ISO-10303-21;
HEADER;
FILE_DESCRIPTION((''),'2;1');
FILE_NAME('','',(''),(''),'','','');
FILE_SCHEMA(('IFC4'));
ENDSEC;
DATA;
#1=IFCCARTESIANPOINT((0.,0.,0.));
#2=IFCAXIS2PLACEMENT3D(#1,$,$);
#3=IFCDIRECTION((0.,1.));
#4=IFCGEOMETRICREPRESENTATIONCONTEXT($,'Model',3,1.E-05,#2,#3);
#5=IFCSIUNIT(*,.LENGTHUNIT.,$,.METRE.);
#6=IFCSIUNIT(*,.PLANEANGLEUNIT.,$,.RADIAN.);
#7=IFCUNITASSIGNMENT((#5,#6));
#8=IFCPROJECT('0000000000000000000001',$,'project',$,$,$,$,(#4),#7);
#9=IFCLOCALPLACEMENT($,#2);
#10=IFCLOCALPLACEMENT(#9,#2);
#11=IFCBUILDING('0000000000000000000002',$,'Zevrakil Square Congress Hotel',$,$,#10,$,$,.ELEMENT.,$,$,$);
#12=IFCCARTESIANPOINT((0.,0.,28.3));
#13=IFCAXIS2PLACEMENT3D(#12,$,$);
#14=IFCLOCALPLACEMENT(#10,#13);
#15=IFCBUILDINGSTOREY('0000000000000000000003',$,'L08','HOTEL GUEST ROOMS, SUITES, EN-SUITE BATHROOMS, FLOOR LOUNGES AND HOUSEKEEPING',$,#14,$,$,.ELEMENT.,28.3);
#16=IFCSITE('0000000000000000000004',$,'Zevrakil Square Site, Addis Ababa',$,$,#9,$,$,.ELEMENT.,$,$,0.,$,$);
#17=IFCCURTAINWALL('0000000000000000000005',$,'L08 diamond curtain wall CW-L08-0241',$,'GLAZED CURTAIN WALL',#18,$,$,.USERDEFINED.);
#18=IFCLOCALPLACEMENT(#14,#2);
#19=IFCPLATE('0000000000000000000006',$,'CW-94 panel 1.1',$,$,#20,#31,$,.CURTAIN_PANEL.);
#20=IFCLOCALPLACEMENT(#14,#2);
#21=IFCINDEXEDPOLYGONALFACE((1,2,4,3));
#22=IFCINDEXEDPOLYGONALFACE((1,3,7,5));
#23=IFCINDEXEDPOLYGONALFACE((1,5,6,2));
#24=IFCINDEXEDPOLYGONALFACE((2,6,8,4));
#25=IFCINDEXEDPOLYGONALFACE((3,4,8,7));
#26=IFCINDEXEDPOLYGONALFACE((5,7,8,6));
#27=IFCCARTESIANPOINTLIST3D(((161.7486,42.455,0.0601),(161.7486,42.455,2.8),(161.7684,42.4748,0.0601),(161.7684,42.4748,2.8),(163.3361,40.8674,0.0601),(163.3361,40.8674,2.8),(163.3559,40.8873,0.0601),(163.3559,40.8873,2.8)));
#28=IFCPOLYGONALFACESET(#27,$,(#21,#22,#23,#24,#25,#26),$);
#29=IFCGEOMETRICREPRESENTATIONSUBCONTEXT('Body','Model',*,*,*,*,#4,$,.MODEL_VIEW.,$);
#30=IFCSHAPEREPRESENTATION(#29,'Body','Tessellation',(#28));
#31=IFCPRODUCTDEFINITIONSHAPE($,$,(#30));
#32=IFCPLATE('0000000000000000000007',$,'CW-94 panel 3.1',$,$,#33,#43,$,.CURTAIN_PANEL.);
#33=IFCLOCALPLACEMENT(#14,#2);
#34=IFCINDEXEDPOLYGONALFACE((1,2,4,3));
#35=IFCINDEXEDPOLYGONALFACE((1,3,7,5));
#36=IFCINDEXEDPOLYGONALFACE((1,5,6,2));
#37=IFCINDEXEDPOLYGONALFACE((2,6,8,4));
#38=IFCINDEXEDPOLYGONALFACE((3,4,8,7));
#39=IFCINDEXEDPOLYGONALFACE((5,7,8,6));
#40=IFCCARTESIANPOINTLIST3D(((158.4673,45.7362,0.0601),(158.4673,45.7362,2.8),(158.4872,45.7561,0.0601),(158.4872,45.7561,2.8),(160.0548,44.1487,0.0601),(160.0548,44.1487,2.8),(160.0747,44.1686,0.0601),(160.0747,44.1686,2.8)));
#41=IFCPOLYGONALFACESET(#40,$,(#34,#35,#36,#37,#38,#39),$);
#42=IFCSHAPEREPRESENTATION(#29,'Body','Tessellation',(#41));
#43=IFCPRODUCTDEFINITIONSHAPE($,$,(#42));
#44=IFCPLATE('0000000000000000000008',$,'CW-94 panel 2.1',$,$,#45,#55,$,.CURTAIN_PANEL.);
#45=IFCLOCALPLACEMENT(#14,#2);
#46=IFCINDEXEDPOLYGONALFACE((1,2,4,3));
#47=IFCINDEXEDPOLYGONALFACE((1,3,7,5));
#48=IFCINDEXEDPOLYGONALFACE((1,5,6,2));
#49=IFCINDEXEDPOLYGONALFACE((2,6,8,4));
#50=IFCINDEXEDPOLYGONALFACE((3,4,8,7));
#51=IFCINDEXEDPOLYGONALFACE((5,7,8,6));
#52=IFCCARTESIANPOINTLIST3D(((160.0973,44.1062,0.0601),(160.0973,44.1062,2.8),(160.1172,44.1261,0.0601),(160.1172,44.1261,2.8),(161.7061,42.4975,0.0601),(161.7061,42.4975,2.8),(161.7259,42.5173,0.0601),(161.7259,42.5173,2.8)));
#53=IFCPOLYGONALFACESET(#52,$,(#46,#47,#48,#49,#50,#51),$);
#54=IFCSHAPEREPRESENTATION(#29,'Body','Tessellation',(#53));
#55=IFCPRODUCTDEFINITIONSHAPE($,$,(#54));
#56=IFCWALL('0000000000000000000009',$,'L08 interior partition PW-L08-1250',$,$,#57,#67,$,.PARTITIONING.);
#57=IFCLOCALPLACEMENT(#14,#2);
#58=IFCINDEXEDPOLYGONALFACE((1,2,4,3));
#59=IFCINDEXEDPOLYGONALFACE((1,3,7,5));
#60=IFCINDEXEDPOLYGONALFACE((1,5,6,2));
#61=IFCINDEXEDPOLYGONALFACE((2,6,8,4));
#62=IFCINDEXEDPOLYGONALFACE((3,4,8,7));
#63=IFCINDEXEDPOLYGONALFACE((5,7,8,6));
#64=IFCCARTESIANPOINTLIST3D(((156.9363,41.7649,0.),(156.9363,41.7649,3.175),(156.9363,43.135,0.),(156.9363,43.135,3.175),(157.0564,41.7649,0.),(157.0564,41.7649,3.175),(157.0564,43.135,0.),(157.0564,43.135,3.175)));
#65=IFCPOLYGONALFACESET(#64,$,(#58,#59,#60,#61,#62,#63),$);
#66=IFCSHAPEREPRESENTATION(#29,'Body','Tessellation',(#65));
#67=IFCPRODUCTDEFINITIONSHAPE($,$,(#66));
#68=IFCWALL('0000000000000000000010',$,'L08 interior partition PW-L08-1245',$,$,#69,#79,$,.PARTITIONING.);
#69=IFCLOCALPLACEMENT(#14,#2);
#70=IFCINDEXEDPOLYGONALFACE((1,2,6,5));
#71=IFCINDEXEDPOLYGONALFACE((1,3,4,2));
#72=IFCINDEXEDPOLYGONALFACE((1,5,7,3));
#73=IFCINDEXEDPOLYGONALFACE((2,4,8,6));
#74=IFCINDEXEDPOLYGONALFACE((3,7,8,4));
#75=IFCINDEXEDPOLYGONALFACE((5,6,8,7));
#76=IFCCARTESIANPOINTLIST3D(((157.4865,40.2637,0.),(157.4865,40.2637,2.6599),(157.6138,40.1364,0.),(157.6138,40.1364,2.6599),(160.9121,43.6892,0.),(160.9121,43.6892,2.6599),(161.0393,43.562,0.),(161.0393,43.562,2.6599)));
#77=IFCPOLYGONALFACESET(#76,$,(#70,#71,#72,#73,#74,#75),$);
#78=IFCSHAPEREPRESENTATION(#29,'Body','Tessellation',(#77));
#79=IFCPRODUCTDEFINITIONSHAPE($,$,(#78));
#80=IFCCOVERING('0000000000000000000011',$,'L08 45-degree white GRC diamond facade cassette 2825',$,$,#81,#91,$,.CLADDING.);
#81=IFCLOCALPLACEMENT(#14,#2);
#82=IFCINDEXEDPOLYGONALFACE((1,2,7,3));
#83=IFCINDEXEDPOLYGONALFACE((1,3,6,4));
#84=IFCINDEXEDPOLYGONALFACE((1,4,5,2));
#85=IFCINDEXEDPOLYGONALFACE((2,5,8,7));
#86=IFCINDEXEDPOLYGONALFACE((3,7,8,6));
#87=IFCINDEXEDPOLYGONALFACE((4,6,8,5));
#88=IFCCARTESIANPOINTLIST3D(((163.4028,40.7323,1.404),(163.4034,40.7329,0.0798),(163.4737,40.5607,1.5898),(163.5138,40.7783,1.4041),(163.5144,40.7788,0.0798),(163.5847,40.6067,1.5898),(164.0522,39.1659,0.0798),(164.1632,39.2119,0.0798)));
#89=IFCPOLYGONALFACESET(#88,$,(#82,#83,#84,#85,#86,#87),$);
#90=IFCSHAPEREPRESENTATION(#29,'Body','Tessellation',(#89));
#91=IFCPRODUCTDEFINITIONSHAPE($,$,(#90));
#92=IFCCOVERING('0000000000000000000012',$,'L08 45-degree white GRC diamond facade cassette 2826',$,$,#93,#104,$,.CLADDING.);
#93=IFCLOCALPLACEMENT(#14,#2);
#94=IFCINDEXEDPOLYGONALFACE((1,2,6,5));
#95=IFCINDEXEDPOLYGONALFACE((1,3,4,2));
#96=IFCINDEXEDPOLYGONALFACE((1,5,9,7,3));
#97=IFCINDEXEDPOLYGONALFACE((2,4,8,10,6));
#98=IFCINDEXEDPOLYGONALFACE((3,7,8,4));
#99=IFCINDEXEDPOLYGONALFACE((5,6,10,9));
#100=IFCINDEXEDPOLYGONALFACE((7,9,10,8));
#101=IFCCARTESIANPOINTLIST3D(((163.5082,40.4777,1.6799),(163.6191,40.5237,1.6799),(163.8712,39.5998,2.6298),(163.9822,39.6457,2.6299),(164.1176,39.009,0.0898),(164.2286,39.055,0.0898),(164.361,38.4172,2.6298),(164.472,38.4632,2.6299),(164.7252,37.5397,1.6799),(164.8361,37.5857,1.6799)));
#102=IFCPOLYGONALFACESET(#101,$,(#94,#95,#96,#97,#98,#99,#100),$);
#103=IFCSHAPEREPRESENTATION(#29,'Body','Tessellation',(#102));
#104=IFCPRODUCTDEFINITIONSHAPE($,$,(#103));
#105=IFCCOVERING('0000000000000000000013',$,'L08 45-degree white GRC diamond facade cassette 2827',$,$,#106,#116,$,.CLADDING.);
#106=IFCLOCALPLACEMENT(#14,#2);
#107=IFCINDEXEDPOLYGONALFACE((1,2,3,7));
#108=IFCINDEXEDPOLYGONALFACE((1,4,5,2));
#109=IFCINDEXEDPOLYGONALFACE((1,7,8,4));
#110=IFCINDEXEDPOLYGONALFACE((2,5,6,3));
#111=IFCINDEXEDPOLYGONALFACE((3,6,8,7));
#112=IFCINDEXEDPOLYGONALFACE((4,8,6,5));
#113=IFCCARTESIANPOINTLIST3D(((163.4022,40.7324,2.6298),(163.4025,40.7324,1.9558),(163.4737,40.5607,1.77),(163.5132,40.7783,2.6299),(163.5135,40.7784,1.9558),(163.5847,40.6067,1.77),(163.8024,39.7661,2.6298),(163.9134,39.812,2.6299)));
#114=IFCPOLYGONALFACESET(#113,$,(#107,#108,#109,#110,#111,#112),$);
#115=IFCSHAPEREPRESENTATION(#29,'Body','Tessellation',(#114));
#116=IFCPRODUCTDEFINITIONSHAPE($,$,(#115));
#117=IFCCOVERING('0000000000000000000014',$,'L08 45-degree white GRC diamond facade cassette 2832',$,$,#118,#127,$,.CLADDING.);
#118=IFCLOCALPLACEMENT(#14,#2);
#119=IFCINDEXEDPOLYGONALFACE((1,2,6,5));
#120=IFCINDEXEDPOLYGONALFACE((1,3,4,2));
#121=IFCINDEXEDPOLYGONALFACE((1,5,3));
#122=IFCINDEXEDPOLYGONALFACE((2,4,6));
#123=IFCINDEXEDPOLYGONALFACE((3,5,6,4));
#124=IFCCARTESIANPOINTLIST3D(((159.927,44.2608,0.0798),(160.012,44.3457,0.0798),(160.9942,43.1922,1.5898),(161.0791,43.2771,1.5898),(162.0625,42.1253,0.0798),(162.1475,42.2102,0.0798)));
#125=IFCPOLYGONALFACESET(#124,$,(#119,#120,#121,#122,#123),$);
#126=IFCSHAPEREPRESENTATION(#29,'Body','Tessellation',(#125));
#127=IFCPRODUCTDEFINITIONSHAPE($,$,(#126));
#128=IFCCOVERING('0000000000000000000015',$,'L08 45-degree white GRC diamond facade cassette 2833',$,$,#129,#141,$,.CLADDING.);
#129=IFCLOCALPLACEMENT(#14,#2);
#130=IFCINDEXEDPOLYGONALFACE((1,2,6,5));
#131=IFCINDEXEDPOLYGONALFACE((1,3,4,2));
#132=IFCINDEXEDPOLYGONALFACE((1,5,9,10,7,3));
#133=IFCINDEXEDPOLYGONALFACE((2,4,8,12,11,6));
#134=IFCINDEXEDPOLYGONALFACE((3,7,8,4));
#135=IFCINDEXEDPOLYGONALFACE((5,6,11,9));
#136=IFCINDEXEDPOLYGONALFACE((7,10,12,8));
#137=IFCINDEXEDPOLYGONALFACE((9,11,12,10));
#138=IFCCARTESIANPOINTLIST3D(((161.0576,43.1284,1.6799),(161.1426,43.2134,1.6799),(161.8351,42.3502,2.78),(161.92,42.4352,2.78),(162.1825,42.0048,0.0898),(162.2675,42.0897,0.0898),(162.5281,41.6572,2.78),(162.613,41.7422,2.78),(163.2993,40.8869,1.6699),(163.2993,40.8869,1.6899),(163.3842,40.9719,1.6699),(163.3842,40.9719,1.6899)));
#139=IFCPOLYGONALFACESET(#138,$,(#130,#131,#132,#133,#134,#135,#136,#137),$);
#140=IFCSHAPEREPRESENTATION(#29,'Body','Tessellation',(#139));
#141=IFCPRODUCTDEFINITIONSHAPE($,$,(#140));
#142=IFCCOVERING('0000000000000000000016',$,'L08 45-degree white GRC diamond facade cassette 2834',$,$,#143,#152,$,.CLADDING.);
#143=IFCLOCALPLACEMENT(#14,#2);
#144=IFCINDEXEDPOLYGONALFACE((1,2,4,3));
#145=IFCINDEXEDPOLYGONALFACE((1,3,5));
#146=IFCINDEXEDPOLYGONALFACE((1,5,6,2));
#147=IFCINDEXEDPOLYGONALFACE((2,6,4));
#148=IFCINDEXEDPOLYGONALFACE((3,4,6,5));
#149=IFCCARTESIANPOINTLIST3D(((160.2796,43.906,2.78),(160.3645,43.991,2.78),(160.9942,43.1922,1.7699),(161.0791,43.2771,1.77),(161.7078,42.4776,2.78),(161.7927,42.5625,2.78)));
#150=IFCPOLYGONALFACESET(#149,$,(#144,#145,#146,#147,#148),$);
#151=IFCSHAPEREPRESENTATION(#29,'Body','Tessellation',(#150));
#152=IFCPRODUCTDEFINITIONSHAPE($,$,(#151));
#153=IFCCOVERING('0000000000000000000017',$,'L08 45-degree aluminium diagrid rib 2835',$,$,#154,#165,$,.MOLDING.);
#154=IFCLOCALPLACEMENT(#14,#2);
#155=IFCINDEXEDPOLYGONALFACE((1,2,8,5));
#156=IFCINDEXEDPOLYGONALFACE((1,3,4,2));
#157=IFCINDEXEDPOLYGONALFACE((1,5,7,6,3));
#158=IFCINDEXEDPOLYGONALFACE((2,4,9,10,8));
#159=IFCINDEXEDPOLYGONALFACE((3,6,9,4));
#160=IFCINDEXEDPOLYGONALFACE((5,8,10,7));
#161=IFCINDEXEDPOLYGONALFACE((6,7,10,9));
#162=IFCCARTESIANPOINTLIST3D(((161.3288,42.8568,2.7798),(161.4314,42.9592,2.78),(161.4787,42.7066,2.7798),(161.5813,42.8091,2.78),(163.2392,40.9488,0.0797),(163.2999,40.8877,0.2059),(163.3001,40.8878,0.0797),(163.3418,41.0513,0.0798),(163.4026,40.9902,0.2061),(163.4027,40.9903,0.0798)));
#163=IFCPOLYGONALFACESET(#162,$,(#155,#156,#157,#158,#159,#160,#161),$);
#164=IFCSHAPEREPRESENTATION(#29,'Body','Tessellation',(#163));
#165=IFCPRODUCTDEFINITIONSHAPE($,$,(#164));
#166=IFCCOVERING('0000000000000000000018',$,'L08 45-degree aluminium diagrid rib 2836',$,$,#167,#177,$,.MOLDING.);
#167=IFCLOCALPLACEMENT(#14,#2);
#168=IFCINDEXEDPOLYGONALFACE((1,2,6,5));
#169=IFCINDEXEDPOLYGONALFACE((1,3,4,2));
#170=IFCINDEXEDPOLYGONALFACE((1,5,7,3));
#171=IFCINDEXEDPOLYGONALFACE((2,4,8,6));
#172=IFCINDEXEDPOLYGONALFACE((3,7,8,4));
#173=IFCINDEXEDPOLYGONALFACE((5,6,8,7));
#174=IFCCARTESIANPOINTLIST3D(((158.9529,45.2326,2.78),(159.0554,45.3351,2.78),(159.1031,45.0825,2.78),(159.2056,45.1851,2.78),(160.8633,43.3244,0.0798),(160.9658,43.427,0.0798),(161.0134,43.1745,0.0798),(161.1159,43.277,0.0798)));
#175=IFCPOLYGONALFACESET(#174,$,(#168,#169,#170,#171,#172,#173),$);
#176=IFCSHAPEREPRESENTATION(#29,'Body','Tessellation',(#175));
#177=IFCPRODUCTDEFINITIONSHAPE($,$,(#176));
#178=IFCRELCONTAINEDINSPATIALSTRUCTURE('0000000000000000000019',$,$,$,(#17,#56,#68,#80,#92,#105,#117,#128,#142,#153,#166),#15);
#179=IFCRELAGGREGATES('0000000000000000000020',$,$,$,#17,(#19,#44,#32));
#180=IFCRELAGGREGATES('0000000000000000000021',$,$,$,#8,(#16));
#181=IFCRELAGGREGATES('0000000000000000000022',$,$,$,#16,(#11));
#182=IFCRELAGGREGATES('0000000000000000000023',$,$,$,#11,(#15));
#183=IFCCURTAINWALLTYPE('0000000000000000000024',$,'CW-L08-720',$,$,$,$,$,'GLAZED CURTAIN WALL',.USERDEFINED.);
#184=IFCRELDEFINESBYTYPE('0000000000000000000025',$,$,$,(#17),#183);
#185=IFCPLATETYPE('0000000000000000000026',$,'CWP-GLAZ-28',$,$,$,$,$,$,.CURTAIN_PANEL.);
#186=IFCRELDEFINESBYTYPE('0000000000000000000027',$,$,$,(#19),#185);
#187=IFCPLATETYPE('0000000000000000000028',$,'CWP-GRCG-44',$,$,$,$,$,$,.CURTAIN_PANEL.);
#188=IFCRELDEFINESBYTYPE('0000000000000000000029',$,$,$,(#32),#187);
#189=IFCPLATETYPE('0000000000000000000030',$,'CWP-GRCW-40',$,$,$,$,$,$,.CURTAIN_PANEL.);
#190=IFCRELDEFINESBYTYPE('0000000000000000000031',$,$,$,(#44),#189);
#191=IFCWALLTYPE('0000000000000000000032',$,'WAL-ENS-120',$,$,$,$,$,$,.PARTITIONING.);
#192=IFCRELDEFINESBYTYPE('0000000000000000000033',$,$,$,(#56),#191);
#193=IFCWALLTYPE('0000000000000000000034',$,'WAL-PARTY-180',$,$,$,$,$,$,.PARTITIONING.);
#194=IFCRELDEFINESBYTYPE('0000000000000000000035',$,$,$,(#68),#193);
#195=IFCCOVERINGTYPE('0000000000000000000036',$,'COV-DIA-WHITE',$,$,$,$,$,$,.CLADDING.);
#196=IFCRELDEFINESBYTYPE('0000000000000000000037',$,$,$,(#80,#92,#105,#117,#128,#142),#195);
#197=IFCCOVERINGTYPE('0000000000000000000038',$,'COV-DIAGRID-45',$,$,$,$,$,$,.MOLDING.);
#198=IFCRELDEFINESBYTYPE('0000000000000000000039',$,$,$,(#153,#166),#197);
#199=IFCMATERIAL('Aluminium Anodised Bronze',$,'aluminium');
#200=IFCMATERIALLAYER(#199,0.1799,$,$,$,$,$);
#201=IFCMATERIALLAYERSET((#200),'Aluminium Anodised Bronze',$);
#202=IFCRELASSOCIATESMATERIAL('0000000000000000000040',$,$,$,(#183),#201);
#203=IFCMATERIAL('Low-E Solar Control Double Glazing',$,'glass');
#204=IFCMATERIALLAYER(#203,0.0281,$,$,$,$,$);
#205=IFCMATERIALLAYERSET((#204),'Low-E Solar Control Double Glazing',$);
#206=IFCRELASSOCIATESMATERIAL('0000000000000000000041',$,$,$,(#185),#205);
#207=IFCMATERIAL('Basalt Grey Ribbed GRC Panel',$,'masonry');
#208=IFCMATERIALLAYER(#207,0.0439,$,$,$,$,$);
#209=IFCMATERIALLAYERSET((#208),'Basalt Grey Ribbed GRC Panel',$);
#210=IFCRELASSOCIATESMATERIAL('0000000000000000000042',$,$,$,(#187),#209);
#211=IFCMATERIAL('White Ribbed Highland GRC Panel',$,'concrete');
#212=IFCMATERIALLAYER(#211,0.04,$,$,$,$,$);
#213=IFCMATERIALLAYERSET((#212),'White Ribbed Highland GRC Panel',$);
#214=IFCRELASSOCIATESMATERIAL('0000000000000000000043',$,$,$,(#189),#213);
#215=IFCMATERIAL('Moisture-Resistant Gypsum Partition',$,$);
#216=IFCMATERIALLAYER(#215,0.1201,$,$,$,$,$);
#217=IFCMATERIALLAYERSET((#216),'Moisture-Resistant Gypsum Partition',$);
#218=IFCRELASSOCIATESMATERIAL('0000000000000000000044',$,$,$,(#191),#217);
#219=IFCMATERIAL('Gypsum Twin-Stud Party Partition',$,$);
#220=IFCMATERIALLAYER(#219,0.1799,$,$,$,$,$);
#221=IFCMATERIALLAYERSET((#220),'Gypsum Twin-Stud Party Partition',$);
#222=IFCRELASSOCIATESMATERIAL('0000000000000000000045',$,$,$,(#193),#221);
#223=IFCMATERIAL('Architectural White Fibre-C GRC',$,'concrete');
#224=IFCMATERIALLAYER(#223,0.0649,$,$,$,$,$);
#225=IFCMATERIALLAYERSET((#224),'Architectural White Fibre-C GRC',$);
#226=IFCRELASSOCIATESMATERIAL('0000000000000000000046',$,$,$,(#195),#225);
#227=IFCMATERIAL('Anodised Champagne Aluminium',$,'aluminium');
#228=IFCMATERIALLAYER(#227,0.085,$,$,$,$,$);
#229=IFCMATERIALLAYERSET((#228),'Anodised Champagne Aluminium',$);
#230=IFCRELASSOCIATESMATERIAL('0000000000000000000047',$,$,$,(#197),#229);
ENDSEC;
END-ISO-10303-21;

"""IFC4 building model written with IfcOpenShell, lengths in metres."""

from ifc_helpers import new_model, si_unit, direction, frame, frame_2d, origin, origin_2d, place, context, subcontext, project, spatial, polyline, rectangle, outline, extrude, material, layer, layer_set, type_object, element, aggregate, save


model = new_model("IFC4")

# Units and contexts
model_context = context("Model", 3, precision=1e-05, world=origin(), true_north=direction((0.0, 1.0)))
body_context = subcontext(model_context, "Body", "Model", "MODEL_VIEW")
ifc_project = project(units=[si_unit("LENGTHUNIT", "METRE"), si_unit("PLANEANGLEUNIT", "RADIAN")], contexts=[model_context])

# Site, building, storey
site_placement = place(None, origin())
site = spatial("IfcSite", under=ifc_project, at=site_placement, Name="Zevrakil Square Site, Addis Ababa", CompositionType="ELEMENT", RefElevation=0.0)
building_placement = place(site_placement, origin())
building = spatial("IfcBuilding", under=site, at=building_placement, Name="Zevrakil Square Congress Hotel", CompositionType="ELEMENT")
storey_placement = place(building_placement, frame((0.0, 0.0, 28.3)))
storey = spatial("IfcBuildingStorey", under=building, at=storey_placement, Name="L08", Description="HOTEL GUEST ROOMS, SUITES, EN-SUITE BATHROOMS, FLOOR LOUNGES AND HOUSEKEEPING", CompositionType="ELEMENT", Elevation=28.3)

# Curtain wall
ifc_material_1 = material(Name="Aluminium Anodised Bronze", Category="aluminium")
ifc_layer_1 = layer(ifc_material_1, 0.1799)
ifc_layer_set_1 = layer_set([ifc_layer_1], Name="Aluminium Anodised Bronze")
curtain_wall_type = type_object("IfcCurtainWallType", Name="CW-L08-720", ElementType="GLAZED CURTAIN WALL", PredefinedType="USERDEFINED", material=ifc_layer_set_1)
curtain_wall_1_placement = place(storey_placement, origin())
curtain_wall_1 = element("IfcCurtainWall", 1, at=curtain_wall_1_placement, inside=storey, type_object=curtain_wall_type, Name="L08 diamond curtain wall CW-L08-0241", ObjectType="GLAZED CURTAIN WALL", PredefinedType="USERDEFINED")

# Plates
ifc_material_2 = material(Name="Low-E Solar Control Double Glazing", Category="glass")
ifc_layer_2 = layer(ifc_material_2, 0.0281)
ifc_layer_set_2 = layer_set([ifc_layer_2], Name="Low-E Solar Control Double Glazing")
plate_type_1 = type_object("IfcPlateType", Name="CWP-GLAZ-28", PredefinedType="CURTAIN_PANEL", material=ifc_layer_set_2)
plate_1_placement = place(storey_placement, frame((162.5522, 41.6711, 0.0601), z_axis=(0.0, 0.0, 1.0), x_axis=(-0.707107, 0.707107, 0.0)))
plate_1 = element("IfcPlate", 2, at=plate_1_placement, type_object=plate_type_1, Name="CW-94 panel 1.1", PredefinedType="CURTAIN_PANEL", context=body_context, shape_type="SweptSolid", body=[
    extrude(rectangle(XDim=2.2451, YDim=0.0281, at=origin_2d()), origin(), (0.0, 0.0, 1.0), 2.74),
])
ifc_material_3 = material(Name="Basalt Grey Ribbed GRC Panel", Category="masonry")
ifc_layer_3 = layer(ifc_material_3, 0.0439)
ifc_layer_set_3 = layer_set([ifc_layer_3], Name="Basalt Grey Ribbed GRC Panel")
plate_type_2 = type_object("IfcPlateType", Name="CWP-GRCG-44", PredefinedType="CURTAIN_PANEL", material=ifc_layer_set_3)
plate_2_placement = place(storey_placement, frame((159.271, 44.9524, 0.0601), z_axis=(0.0, 0.0, 1.0), x_axis=(-0.707107, 0.707107, 0.0)))
plate_2 = element("IfcPlate", 3, at=plate_2_placement, type_object=plate_type_2, Name="CW-94 panel 3.1", PredefinedType="CURTAIN_PANEL", context=body_context, shape_type="SweptSolid", body=[
    extrude(rectangle(XDim=2.2451, YDim=0.0281, at=origin_2d()), origin(), (0.0, 0.0, 1.0), 2.74),
])
ifc_material_4 = material(Name="White Ribbed Highland GRC Panel", Category="concrete")
ifc_layer_4 = layer(ifc_material_4, 0.04)
ifc_layer_set_4 = layer_set([ifc_layer_4], Name="White Ribbed Highland GRC Panel")
plate_type_3 = type_object("IfcPlateType", Name="CWP-GRCW-40", PredefinedType="CURTAIN_PANEL", material=ifc_layer_set_4)
plate_3_placement = place(storey_placement, frame((160.9116, 43.3118, 0.0601), z_axis=(0.0, 0.0, 1.0), x_axis=(-0.707107, 0.707107, 0.0)))
plate_3 = element("IfcPlate", 4, at=plate_3_placement, type_object=plate_type_3, Name="CW-94 panel 2.1", PredefinedType="CURTAIN_PANEL", context=body_context, shape_type="SweptSolid", body=[
    extrude(rectangle(XDim=2.2751, YDim=0.0281, at=origin_2d()), origin(), (0.0, 0.0, 1.0), 2.74),
])
aggregate(curtain_wall_1, [plate_1, plate_3, plate_2])

# Walls
ifc_material_5 = material(Name="Moisture-Resistant Gypsum Partition")
ifc_layer_5 = layer(ifc_material_5, 0.1201)
ifc_layer_set_5 = layer_set([ifc_layer_5], Name="Moisture-Resistant Gypsum Partition")
wall_type_1 = type_object("IfcWallType", Name="WAL-ENS-120", PredefinedType="PARTITIONING", material=ifc_layer_set_5)
wall_1_placement = place(storey_placement, frame((156.9963, 41.7649, 0.0), z_axis=(0.0, 0.0, 1.0), x_axis=(0.0, 1.0, 0.0)))
element("IfcWall", 5, at=wall_1_placement, inside=storey, type_object=wall_type_1, Name="L08 interior partition PW-L08-1250", PredefinedType="PARTITIONING", context=body_context, shape_type="SweptSolid", body=[
    extrude(rectangle(XDim=1.3701, YDim=0.1201, at=frame_2d((0.6851, 0.0))), origin(), (0.0, 0.0, 1.0), 3.175),
])
ifc_material_6 = material(Name="Gypsum Twin-Stud Party Partition")
ifc_layer_6 = layer(ifc_material_6, 0.1799)
ifc_layer_set_6 = layer_set([ifc_layer_6], Name="Gypsum Twin-Stud Party Partition")
wall_type_2 = type_object("IfcWallType", Name="WAL-PARTY-180", PredefinedType="PARTITIONING", material=ifc_layer_set_6)
wall_2_placement = place(storey_placement, frame((157.55, 40.2, 0.0), z_axis=(0.0, 0.0, 1.0), x_axis=(0.707107, 0.707107, 0.0)))
element("IfcWall", 6, at=wall_2_placement, inside=storey, type_object=wall_type_2, Name="L08 interior partition PW-L08-1245", PredefinedType="PARTITIONING", context=body_context, shape_type="SweptSolid", body=[
    extrude(rectangle(XDim=4.8445, YDim=0.1799, at=frame_2d((2.4224, 0.0))), origin(), (0.0, 0.0, 1.0), 2.6599),
])

# Coverings
ifc_material_7 = material(Name="Architectural White Fibre-C GRC", Category="concrete")
ifc_layer_7 = layer(ifc_material_7, 0.0649)
ifc_layer_set_7 = layer_set([ifc_layer_7], Name="Architectural White Fibre-C GRC")
covering_type_1 = type_object("IfcCoveringType", Name="COV-DIA-WHITE", PredefinedType="CLADDING", material=ifc_layer_set_7)
covering_1_placement = place(storey_placement, frame((163.5847, 40.6067, 1.5898), z_axis=(0.923931, 0.382558, 0.000584), x_axis=(-0.270033, 0.653247, -0.707355)))
element("IfcCovering", 7, at=covering_1_placement, inside=storey, type_object=covering_type_1, Name="L08 45-degree white GRC diamond facade cassette 2825", PredefinedType="CLADDING", context=body_context, shape_type="SweptSolid", body=[
    extrude(outline(polyline([(0.0, 0.0), (0.2627, 0.0), (1.1995, -0.9358), (0.0007, -2.1355), (0.0, 0.0)])), origin(), (0.0, 0.0, -1.0), 0.1201),
])
covering_2_placement = place(storey_placement, frame((163.6191, 40.5237, 1.6799), z_axis=(0.923875, 0.382694, 0.000618), x_axis=(0.271014, -0.653123, -0.707094)))
element("IfcCovering", 8, at=covering_2_placement, inside=storey, type_object=covering_type_1, Name="L08 45-degree white GRC diamond facade cassette 2826", PredefinedType="CLADDING", context=body_context, shape_type="SweptSolid", body=[
    extrude(outline(polyline([(0.0, 0.0), (2.2488, 0.0), (2.2487, -2.2486), (0.9052, -2.2486), (0.0001, -1.3435), (0.0, 0.0)])), origin(), (0.0, 0.0, -1.0), 0.1201),
])
covering_3_placement = place(storey_placement, frame((163.5847, 40.6067, 1.77), z_axis=(0.923882, 0.382676, 0.000476), x_axis=(0.270294, -0.653442, 0.707075)))
element("IfcCovering", 9, at=covering_3_placement, inside=storey, type_object=covering_type_1, Name="L08 45-degree white GRC diamond facade cassette 2827", PredefinedType="CLADDING", context=body_context, shape_type="SweptSolid", body=[
    extrude(outline(polyline([(0.0, 0.0), (1.2161, 0.0), (0.4765, -0.7395), (-0.0001, -0.2628), (0.0, 0.0)])), origin(), (0.0, 0.0, -1.0), 0.1201),
])
covering_4_placement = place(storey_placement, frame((161.0791, 43.2771, 1.5898), z_axis=(0.707107, 0.707107, 0.000686), x_axis=(-0.499688, 0.500374, -0.707063)))
element("IfcCovering", 10, at=covering_4_placement, inside=storey, type_object=covering_type_1, Name="L08 45-degree white GRC diamond facade cassette 2832", PredefinedType="CLADDING", context=body_context, shape_type="SweptSolid", body=[
    extrude(outline(polyline([(0.0, 0.0), (2.1356, 0.0), (0.0, -2.1354), (0.0, 0.0)])), origin(), (0.0, 0.0, -1.0), 0.1201),
])
covering_5_placement = place(storey_placement, frame((161.1426, 43.2134, 1.6799), z_axis=(0.707087, 0.707127, 0.000535), x_axis=(0.500261, -0.499697, -0.707136)))
element("IfcCovering", 11, at=covering_5_placement, inside=storey, type_object=covering_type_1, Name="L08 45-degree white GRC diamond facade cassette 2833", PredefinedType="CLADDING", context=body_context, shape_type="SweptSolid", body=[
    extrude(outline(polyline([(0.0, 0.0), (2.2486, 0.0), (2.2486, -2.2346), (2.2344, -2.2487), (0.6928, -2.2487), (-0.0001, -1.5557), (0.0, 0.0)])), origin(), (0.0, 0.0, -1.0), 0.1201),
])
covering_6_placement = place(storey_placement, frame((161.0791, 43.2771, 1.77), z_axis=(0.707167, 0.707046, 0.000598), x_axis=(0.499632, -0.500316, 0.707143)))
element("IfcCovering", 12, at=covering_6_placement, inside=storey, type_object=covering_type_1, Name="L08 45-degree white GRC diamond facade cassette 2834", PredefinedType="CLADDING", context=body_context, shape_type="SweptSolid", body=[
    extrude(outline(polyline([(0.0, 0.0), (1.4283, 0.0), (0.0, -1.4284), (0.0, 0.0)])), origin(), (0.0, 0.0, -1.0), 0.1201),
])
ifc_material_8 = material(Name="Anodised Champagne Aluminium", Category="aluminium")
ifc_layer_8 = layer(ifc_material_8, 0.085)
ifc_layer_set_8 = layer_set([ifc_layer_8], Name="Anodised Champagne Aluminium")
covering_type_2 = type_object("IfcCoveringType", Name="COV-DIAGRID-45", PredefinedType="MOLDING", material=ifc_layer_set_8)
covering_7_placement = place(storey_placement, frame((163.3418, 41.0513, 0.0798), z_axis=(0.707553, 0.706659, 0.001261), x_axis=(0.70666, -0.707554, 0.000002)))
element("IfcCovering", 13, at=covering_7_placement, inside=storey, type_object=covering_type_2, Name="L08 45-degree aluminium diagrid rib 2835", PredefinedType="MOLDING", context=body_context, shape_type="SweptSolid", body=[
    extrude(outline(polyline([(0.0, 0.0), (0.0861, 0.0), (0.0861, -0.1262), (-2.4878, -2.7002), (-2.7, -2.7002), (0.0, 0.0)])), origin(), (0.0, 0.0, -1.0), 0.145),
])
covering_8_placement = place(storey_placement, frame((160.9658, 43.427, 0.0798), z_axis=(0.706819, 0.707394, 0.000201), x_axis=(0.707394, -0.706819, 0.0)))
element("IfcCovering", 14, at=covering_8_placement, inside=storey, type_object=covering_type_2, Name="L08 45-degree aluminium diagrid rib 2836", PredefinedType="MOLDING", context=body_context, shape_type="SweptSolid", body=[
    extrude(outline(polyline([(0.0, 0.0), (0.2122, 0.0), (-2.4878, -2.7002), (-2.7002, -2.7002), (0.0, 0.0)])), origin(), (0.0, 0.0, -1.0), 0.145),
])

save(model, "model.ifc")
